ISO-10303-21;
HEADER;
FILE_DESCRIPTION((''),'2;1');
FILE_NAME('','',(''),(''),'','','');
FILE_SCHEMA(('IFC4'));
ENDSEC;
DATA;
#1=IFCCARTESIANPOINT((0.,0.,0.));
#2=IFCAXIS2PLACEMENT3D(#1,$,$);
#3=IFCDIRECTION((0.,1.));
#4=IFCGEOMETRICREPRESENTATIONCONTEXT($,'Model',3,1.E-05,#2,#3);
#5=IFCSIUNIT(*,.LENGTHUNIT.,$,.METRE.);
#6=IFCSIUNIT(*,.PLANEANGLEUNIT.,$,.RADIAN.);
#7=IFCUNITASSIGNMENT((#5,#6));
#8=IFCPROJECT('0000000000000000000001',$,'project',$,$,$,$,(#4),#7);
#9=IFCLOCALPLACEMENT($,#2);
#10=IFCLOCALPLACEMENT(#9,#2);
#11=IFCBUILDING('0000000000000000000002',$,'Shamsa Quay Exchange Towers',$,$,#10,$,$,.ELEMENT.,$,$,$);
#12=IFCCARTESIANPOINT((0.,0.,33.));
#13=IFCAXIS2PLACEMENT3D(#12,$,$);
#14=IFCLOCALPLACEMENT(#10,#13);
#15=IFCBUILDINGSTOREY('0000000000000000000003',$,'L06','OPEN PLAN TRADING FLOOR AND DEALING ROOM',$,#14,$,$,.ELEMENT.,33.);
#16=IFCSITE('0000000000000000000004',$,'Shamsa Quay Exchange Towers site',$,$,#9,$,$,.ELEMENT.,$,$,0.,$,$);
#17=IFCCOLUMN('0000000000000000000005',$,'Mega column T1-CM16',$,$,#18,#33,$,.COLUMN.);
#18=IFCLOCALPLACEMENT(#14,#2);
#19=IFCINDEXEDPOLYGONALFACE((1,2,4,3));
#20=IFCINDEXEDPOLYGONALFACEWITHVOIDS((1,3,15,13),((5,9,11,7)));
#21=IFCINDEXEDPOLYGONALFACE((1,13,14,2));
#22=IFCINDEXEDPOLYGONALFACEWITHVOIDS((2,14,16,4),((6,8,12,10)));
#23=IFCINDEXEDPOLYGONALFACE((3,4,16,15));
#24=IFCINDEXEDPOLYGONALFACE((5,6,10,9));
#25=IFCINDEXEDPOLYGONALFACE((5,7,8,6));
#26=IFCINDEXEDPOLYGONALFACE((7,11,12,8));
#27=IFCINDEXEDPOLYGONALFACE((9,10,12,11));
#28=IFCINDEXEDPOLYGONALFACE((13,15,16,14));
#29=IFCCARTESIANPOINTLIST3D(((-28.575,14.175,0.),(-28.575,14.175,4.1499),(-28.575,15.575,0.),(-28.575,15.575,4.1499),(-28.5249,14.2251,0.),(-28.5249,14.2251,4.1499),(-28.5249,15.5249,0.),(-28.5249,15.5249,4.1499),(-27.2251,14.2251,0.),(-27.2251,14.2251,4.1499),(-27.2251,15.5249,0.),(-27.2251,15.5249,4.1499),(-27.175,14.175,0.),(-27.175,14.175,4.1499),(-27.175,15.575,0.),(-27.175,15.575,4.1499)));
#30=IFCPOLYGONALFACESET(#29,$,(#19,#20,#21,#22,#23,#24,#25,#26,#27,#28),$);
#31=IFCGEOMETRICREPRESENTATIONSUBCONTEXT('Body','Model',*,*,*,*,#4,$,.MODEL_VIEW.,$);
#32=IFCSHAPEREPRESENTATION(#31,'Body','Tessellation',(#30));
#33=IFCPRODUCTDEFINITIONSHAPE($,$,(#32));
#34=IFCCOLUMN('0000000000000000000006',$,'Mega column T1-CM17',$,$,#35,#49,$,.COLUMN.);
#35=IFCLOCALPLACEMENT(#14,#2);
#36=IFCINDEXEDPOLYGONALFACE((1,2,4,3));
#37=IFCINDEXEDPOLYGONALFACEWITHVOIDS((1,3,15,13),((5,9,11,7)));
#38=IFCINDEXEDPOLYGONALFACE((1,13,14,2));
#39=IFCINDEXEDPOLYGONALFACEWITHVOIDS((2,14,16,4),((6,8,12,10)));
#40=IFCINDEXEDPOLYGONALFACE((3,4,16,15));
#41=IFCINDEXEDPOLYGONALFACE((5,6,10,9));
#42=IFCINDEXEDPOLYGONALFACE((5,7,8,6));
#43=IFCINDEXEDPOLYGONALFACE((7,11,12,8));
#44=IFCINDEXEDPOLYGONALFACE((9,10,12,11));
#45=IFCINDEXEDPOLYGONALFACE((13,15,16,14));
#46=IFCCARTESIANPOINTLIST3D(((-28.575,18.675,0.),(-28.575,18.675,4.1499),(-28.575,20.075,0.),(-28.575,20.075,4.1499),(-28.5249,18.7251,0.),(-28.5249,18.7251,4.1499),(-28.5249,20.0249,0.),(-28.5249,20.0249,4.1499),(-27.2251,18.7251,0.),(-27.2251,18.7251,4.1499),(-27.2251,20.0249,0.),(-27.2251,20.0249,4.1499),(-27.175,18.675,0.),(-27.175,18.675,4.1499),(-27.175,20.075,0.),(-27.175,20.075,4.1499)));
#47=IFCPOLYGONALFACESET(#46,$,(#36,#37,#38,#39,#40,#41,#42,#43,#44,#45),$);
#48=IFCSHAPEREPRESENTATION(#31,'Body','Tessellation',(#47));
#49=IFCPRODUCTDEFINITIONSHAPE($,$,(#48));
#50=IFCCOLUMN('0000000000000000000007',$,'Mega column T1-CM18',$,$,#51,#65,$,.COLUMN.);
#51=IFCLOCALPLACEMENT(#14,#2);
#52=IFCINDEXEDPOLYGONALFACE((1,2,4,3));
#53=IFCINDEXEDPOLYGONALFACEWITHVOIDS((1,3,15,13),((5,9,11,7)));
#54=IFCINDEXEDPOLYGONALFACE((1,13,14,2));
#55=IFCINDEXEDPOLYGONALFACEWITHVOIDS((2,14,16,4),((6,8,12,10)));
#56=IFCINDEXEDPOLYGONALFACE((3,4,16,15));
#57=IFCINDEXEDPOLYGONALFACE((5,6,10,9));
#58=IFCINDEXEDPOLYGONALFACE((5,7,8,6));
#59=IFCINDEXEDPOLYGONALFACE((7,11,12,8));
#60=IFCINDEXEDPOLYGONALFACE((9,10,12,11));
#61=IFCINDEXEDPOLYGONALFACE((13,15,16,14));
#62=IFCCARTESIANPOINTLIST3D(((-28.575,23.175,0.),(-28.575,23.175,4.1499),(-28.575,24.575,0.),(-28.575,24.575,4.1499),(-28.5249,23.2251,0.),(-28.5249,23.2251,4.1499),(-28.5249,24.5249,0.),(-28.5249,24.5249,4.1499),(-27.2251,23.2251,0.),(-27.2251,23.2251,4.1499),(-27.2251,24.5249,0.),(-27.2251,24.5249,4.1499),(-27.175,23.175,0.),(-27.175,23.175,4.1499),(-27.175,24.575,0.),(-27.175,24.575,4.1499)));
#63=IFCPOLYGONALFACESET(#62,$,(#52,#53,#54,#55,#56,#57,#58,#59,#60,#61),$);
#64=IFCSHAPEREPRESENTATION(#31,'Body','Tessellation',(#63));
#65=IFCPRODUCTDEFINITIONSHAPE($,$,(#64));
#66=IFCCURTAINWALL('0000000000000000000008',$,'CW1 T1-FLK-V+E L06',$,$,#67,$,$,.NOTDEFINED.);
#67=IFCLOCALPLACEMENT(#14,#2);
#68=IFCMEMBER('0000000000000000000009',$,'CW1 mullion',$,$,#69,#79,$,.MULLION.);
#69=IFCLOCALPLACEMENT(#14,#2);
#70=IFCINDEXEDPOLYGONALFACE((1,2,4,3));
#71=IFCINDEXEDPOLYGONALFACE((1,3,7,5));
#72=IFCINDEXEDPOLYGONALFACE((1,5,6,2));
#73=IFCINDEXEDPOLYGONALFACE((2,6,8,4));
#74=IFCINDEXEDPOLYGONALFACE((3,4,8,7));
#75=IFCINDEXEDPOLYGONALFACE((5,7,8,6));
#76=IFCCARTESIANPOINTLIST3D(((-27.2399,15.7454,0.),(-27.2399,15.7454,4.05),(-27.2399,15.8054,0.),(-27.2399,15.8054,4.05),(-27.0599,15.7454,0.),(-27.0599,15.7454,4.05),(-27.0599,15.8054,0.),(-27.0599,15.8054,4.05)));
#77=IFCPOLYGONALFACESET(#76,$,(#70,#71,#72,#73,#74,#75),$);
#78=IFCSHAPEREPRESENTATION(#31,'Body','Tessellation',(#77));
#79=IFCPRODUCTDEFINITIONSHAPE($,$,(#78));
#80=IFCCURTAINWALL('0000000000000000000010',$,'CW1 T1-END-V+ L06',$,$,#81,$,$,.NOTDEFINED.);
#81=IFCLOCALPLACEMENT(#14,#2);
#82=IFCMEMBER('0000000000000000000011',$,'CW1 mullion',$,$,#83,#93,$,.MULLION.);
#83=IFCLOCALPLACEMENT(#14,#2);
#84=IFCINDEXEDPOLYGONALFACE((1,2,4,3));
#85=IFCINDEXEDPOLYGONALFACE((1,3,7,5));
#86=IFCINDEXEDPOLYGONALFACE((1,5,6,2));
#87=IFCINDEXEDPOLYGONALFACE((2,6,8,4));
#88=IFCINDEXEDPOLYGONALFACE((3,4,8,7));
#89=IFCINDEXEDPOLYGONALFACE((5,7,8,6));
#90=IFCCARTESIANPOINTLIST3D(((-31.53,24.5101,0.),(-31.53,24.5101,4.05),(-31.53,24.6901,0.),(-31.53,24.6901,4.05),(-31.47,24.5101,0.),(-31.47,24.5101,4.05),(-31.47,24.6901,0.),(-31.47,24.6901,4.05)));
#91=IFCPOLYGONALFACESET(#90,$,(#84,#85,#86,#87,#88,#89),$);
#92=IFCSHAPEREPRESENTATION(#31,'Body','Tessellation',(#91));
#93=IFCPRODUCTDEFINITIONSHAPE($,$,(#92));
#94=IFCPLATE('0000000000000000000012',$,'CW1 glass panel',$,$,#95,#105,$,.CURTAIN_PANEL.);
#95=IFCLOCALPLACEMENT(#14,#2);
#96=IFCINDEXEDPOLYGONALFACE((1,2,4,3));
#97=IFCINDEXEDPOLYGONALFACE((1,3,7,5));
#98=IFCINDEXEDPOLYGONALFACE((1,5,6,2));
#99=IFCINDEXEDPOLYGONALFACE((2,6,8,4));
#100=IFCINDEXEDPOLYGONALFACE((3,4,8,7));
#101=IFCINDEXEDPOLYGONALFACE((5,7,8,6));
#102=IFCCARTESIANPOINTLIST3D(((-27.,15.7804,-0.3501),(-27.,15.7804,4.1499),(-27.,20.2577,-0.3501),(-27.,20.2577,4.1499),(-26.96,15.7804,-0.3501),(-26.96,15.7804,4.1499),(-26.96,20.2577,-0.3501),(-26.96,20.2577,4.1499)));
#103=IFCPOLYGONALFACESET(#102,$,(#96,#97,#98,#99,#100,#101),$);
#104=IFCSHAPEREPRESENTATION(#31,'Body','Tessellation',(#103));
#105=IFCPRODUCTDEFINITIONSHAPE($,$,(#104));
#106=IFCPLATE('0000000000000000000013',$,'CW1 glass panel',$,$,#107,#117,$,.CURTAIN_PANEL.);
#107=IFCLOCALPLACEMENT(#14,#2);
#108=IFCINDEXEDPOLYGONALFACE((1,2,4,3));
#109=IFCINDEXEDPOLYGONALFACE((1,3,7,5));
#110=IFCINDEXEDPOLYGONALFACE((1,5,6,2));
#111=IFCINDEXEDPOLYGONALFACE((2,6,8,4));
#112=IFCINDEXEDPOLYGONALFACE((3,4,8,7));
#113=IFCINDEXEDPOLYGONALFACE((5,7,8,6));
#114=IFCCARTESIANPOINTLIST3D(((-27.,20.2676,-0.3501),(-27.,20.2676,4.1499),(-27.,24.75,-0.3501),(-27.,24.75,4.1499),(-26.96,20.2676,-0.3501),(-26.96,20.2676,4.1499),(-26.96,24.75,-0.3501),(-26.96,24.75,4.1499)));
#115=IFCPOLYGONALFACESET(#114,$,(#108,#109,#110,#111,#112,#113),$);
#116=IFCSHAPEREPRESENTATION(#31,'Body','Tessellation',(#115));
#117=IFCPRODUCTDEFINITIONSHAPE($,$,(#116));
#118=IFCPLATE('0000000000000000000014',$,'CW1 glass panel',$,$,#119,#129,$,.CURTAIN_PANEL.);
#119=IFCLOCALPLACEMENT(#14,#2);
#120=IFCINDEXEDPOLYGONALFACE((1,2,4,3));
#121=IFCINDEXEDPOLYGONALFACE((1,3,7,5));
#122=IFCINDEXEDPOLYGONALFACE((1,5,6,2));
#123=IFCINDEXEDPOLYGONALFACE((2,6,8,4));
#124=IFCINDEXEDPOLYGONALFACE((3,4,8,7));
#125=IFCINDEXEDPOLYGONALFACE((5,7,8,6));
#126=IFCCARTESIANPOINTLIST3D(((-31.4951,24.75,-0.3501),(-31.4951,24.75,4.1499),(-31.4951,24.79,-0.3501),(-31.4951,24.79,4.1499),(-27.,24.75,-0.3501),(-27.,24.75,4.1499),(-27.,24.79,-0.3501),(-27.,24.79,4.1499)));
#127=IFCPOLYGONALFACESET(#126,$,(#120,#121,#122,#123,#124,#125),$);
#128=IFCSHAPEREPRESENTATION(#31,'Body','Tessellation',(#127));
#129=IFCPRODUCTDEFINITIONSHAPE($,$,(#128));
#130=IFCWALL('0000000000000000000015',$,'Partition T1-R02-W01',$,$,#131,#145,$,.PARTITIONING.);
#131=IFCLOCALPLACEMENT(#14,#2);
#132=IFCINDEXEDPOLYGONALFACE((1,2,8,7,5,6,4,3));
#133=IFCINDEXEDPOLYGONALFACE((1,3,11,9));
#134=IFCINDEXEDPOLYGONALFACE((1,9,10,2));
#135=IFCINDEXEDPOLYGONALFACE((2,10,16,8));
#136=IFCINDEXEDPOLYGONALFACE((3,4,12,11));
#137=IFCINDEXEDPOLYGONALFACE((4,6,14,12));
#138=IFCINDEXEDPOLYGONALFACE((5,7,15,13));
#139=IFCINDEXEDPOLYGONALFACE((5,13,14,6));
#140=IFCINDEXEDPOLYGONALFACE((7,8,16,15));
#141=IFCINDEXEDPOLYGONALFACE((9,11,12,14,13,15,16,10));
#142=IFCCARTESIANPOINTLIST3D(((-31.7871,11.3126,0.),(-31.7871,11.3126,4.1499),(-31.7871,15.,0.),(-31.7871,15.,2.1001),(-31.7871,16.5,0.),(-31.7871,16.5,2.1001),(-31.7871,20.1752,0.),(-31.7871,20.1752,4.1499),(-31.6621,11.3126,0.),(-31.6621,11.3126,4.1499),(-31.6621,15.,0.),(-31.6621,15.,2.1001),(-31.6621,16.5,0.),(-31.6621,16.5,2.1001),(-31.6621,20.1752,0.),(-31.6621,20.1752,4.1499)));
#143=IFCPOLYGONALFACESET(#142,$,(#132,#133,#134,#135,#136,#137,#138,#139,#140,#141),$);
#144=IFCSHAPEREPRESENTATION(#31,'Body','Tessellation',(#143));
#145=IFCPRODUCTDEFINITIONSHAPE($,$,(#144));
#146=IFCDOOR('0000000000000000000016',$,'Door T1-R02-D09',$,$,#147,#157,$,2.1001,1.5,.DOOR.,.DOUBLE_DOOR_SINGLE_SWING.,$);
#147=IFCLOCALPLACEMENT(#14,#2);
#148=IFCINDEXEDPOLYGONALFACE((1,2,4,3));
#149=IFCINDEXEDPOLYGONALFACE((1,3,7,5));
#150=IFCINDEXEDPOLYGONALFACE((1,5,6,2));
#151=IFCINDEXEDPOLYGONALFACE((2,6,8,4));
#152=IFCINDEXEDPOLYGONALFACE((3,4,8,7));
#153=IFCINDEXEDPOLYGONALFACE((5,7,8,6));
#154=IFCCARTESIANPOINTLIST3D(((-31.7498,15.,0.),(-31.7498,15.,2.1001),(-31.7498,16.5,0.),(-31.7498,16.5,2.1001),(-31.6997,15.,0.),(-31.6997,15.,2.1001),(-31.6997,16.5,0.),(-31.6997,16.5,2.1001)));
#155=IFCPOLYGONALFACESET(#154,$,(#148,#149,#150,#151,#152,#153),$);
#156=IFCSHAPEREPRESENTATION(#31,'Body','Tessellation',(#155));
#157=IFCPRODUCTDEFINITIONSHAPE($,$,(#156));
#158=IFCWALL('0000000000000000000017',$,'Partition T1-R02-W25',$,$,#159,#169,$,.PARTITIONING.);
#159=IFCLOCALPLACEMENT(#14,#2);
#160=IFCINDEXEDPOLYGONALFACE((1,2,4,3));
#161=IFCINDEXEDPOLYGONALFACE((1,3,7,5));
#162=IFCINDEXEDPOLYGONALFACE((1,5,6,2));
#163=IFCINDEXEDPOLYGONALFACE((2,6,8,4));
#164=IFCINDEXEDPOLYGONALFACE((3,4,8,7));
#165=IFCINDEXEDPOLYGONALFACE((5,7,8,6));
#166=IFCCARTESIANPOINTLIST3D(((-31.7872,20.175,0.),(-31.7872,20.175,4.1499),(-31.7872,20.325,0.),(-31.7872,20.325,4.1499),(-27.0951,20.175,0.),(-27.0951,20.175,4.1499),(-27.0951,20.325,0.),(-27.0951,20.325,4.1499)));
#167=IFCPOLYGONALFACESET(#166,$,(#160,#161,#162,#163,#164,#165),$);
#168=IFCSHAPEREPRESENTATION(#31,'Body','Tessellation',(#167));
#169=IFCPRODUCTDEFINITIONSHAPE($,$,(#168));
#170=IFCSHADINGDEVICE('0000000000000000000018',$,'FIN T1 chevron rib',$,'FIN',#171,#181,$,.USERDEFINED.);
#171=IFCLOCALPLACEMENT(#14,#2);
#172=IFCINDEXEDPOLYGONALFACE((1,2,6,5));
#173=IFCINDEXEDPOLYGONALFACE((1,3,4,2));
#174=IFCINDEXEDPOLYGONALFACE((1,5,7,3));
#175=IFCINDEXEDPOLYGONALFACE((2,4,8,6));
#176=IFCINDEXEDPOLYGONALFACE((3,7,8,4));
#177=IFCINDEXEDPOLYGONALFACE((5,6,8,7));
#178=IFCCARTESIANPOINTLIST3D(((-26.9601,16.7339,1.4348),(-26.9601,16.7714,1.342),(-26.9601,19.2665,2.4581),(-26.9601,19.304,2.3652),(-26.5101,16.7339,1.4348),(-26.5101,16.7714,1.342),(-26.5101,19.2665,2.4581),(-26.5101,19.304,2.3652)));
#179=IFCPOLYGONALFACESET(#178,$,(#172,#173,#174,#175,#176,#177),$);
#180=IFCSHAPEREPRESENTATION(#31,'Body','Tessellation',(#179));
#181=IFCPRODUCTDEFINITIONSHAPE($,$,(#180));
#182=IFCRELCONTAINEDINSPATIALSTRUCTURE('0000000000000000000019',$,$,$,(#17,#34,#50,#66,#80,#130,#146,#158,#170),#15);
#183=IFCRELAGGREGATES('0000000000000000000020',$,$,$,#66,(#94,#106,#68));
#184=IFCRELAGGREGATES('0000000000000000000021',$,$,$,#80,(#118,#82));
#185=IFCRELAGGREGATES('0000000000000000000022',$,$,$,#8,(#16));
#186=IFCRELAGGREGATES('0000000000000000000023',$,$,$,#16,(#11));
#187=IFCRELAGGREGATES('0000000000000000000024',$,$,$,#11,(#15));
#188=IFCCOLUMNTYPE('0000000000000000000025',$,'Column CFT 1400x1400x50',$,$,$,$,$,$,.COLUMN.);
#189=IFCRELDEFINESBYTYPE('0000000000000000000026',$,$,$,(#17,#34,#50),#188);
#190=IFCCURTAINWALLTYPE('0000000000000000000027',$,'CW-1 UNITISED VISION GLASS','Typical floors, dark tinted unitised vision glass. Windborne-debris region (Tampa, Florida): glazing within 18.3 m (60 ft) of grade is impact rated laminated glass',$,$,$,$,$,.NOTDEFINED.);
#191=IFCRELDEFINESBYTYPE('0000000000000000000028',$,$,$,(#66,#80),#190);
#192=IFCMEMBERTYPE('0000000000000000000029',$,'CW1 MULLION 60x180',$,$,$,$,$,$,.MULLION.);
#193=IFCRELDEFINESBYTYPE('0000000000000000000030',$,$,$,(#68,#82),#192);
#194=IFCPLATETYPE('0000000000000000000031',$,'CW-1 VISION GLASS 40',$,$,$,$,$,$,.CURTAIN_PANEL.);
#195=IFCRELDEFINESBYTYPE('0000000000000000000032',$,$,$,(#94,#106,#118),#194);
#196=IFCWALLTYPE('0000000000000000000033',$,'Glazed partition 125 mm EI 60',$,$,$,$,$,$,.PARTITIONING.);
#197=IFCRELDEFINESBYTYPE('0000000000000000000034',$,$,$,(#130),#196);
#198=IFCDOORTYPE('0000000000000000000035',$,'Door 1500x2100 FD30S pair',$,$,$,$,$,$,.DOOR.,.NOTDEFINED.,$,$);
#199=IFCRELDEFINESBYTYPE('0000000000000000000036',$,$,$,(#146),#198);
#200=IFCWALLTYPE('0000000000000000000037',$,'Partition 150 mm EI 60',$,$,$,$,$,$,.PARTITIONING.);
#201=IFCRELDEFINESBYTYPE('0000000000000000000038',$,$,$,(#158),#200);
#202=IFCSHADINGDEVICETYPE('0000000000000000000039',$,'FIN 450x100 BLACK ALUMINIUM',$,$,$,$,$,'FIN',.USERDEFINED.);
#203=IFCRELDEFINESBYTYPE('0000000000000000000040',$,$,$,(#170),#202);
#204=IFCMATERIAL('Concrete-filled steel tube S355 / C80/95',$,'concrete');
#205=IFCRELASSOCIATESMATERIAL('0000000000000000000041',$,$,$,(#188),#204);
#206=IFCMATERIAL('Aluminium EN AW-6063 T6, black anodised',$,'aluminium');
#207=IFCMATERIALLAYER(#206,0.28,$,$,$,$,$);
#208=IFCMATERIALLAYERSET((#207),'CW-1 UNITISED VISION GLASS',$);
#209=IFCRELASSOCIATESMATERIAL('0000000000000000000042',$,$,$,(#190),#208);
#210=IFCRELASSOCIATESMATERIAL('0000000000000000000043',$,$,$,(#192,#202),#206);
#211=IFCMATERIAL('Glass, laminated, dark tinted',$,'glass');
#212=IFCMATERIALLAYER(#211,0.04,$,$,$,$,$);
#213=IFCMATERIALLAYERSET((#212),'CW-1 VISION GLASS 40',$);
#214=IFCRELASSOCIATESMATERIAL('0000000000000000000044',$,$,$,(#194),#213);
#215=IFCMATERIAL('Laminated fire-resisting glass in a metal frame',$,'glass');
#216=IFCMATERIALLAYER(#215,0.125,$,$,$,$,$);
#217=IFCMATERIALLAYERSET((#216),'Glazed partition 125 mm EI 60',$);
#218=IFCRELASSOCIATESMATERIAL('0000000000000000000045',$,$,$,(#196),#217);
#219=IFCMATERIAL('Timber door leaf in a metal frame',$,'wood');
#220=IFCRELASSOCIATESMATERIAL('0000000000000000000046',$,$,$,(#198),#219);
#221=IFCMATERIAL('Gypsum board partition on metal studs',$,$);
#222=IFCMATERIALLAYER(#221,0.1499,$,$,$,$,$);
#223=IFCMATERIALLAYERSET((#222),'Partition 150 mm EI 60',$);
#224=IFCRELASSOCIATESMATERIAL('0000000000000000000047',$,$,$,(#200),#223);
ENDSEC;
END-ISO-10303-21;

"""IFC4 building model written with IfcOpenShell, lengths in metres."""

from ifc_helpers import new_model, si_unit, direction, frame, frame_2d, origin, origin_2d, place, context, subcontext, project, spatial, rectangle, hollow_rectangle, extrude, material, layer, layer_set, material_profile, profile_set, type_object, element, fill, aggregate, save


model = new_model("IFC4")

# Units and contexts
model_context = context("Model", 3, precision=1e-05, world=origin(), true_north=direction((0.0, 1.0)))
body_context = subcontext(model_context, "Body", "Model", "MODEL_VIEW")
ifc_project = project(units=[si_unit("LENGTHUNIT", "METRE"), si_unit("PLANEANGLEUNIT", "RADIAN")], contexts=[model_context])

# Site, building, storey
site_placement = place(None, origin())
site = spatial("IfcSite", under=ifc_project, at=site_placement, Name="Shamsa Quay Exchange Towers site", CompositionType="ELEMENT", RefElevation=0.0)
building_placement = place(site_placement, origin())
building = spatial("IfcBuilding", under=site, at=building_placement, Name="Shamsa Quay Exchange Towers", CompositionType="ELEMENT")
storey_placement = place(building_placement, frame((0.0, 0.0, 33.0)))
storey = spatial("IfcBuildingStorey", under=building, at=storey_placement, Name="L06", Description="OPEN PLAN TRADING FLOOR AND DEALING ROOM", CompositionType="ELEMENT", Elevation=33.0)

# Columns
ifc_material_1 = material(Name="Concrete-filled steel tube S355 / C80/95", Category="concrete")
ifc_material_profile_1 = material_profile(ifc_material_1, hollow_rectangle(XDim=1.3999, YDim=1.3999, WallThickness=0.05, at=origin_2d()), Name="CFT 1400x1400x50")
ifc_profile_set_1 = profile_set([ifc_material_profile_1], Name="Concrete-filled steel tube S355 / C80/95")
column_type = type_object("IfcColumnType", Name="Column CFT 1400x1400x50", PredefinedType="COLUMN", material=ifc_profile_set_1)
for number, where, name in (
    (1, (-27.875, 14.875, 0.0), "Mega column T1-CM16"),
    (2, (-27.875, 19.375, 0.0), "Mega column T1-CM17"),
    (3, (-27.875, 23.875, 0.0), "Mega column T1-CM18"),
):
    element("IfcColumn", number, at=place(storey_placement, frame(where)), inside=storey, type_object=column_type, Name=name, PredefinedType="COLUMN", context=body_context, shape_type="SweptSolid", body=[
        extrude(hollow_rectangle(XDim=1.3999, YDim=1.3999, WallThickness=0.05, at=origin_2d()), origin(), (0.0, 0.0, 1.0), 4.1499),
    ])

# Curtain walls, members
ifc_material_2 = material(Name="Aluminium EN AW-6063 T6, black anodised", Category="aluminium")
ifc_layer_1 = layer(ifc_material_2, 0.28)
ifc_layer_set_1 = layer_set([ifc_layer_1], Name="CW-1 UNITISED VISION GLASS")
curtain_wall_type = type_object("IfcCurtainWallType", Name="CW-1 UNITISED VISION GLASS", Description="Typical floors, dark tinted unitised vision glass. Windborne-debris region (Tampa, Florida): glazing within 18.3 m (60 ft) of grade is impact rated laminated glass", PredefinedType="NOTDEFINED", material=ifc_layer_set_1)
curtain_wall_1_placement = place(storey_placement, origin())
curtain_wall_1 = element("IfcCurtainWall", 4, at=curtain_wall_1_placement, inside=storey, type_object=curtain_wall_type, Name="CW1 T1-FLK-V+E L06", PredefinedType="NOTDEFINED")
ifc_material_profile_2 = material_profile(ifc_material_2, rectangle(XDim=0.1799, YDim=0.0601, at=origin_2d()), Name="MU60x180")
ifc_profile_set_2 = profile_set([ifc_material_profile_2], Name="Aluminium EN AW-6063 T6, black anodised")
member_type = type_object("IfcMemberType", Name="CW1 MULLION 60x180", PredefinedType="MULLION", material=ifc_profile_set_2)
member_1_placement = place(storey_placement, frame((-27.1499, 15.7754, 0.0), z_axis=(0.0, 0.0, 1.0), x_axis=(-1.0, 0.0, 0.0)))
member_1 = element("IfcMember", 5, at=member_1_placement, type_object=member_type, Name="CW1 mullion", PredefinedType="MULLION", context=body_context, shape_type="SweptSolid", body=[
    extrude(rectangle(XDim=0.1799, YDim=0.0601, at=origin_2d()), origin(), (0.0, 0.0, 1.0), 4.05),
])
curtain_wall_2_placement = place(storey_placement, origin())
curtain_wall_2 = element("IfcCurtainWall", 6, at=curtain_wall_2_placement, inside=storey, type_object=curtain_wall_type, Name="CW1 T1-END-V+ L06", PredefinedType="NOTDEFINED")
member_2_placement = place(storey_placement, frame((-31.5, 24.6001, 0.0), z_axis=(0.0, 0.0, 1.0), x_axis=(0.0, -1.0, 0.0)))
member_2 = element("IfcMember", 7, at=member_2_placement, type_object=member_type, Name="CW1 mullion", PredefinedType="MULLION", context=body_context, shape_type="SweptSolid", body=[
    extrude(rectangle(XDim=0.1799, YDim=0.0601, at=origin_2d()), origin(), (0.0, 0.0, 1.0), 4.05),
])

# Plates
ifc_material_3 = material(Name="Glass, laminated, dark tinted", Category="glass")
ifc_layer_2 = layer(ifc_material_3, 0.04)
ifc_layer_set_2 = layer_set([ifc_layer_2], Name="CW-1 VISION GLASS 40")
plate_type = type_object("IfcPlateType", Name="CW-1 VISION GLASS 40", PredefinedType="CURTAIN_PANEL", material=ifc_layer_set_2)
plate_1_placement = place(storey_placement, frame((-26.98, 18.019, -0.3501), z_axis=(0.0, 0.0, 1.0), x_axis=(0.0, 1.0, 0.0)))
plate_1 = element("IfcPlate", 8, at=plate_1_placement, type_object=plate_type, Name="CW1 glass panel", PredefinedType="CURTAIN_PANEL", context=body_context, shape_type="SweptSolid", body=[
    extrude(rectangle(XDim=4.4773, YDim=0.04, at=origin_2d()), origin(), (0.0, 0.0, 1.0), 4.5),
])
plate_2_placement = place(storey_placement, frame((-26.98, 22.5088, -0.3501), z_axis=(0.0, 0.0, 1.0), x_axis=(0.0, 1.0, 0.0)))
plate_2 = element("IfcPlate", 9, at=plate_2_placement, type_object=plate_type, Name="CW1 glass panel", PredefinedType="CURTAIN_PANEL", context=body_context, shape_type="SweptSolid", body=[
    extrude(rectangle(XDim=4.4824, YDim=0.04, at=origin_2d()), origin(), (0.0, 0.0, 1.0), 4.5),
])
aggregate(curtain_wall_1, [plate_1, plate_2, member_1])
plate_3_placement = place(storey_placement, frame((-29.2476, 24.77, -0.3501), z_axis=(0.0, 0.0, 1.0), x_axis=(-1.0, 0.0, 0.0)))
plate_3 = element("IfcPlate", 10, at=plate_3_placement, type_object=plate_type, Name="CW1 glass panel", PredefinedType="CURTAIN_PANEL", context=body_context, shape_type="SweptSolid", body=[
    extrude(rectangle(XDim=4.4951, YDim=0.04, at=origin_2d()), origin(), (0.0, 0.0, 1.0), 4.5),
])
aggregate(curtain_wall_2, [plate_3, member_2])

# Wall, opening, door
ifc_material_4 = material(Name="Laminated fire-resisting glass in a metal frame", Category="glass")
ifc_layer_3 = layer(ifc_material_4, 0.125)
ifc_layer_set_3 = layer_set([ifc_layer_3], Name="Glazed partition 125 mm EI 60")
wall_type_1 = type_object("IfcWallType", Name="Glazed partition 125 mm EI 60", PredefinedType="PARTITIONING", material=ifc_layer_set_3)
wall_1_placement = place(storey_placement, frame((-31.7246, 20.175, 0.0), z_axis=(0.0, 0.0, 1.0), x_axis=(0.0, -1.0, 0.0)))
wall_1 = element("IfcWall", 11, at=wall_1_placement, inside=storey, type_object=wall_type_1, Name="Partition T1-R02-W01", PredefinedType="PARTITIONING", context=body_context, shape_type="SweptSolid", body=[
    extrude(rectangle(XDim=8.8625, YDim=0.125, at=frame_2d((4.4312, 0.0))), origin(), (0.0, 0.0, 1.0), 4.1499),
])
opening_placement = place(wall_1_placement, frame((3.675, 0.0, 0.0)))
opening = element("IfcOpeningElement", 12, at=opening_placement, cuts=wall_1, PredefinedType="OPENING", context=body_context, shape_type="SweptSolid", body=[
    extrude(rectangle(XDim=1.5, YDim=2.1001, at=frame_2d((0.75, 1.05))), frame((0.0, 0.0725, 0.0), z_axis=(0.0, -1.0, 0.0), x_axis=(1.0, 0.0, 0.0)), (0.0, 0.0, 1.0), 0.145),
])
ifc_material_5 = material(Name="Timber door leaf in a metal frame", Category="wood")
door_type = type_object("IfcDoorType", Name="Door 1500x2100 FD30S pair", OperationType="NOTDEFINED", PredefinedType="DOOR", material=ifc_material_5)
door_placement = place(opening_placement, origin())
door = element("IfcDoor", 13, at=door_placement, inside=storey, type_object=door_type, Name="Door T1-R02-D09", OperationType="DOUBLE_DOOR_SINGLE_SWING", OverallHeight=2.1001, OverallWidth=1.5, PredefinedType="DOOR", context=body_context, shape_type="SweptSolid", body=[
    extrude(rectangle(XDim=1.5, YDim=2.1001, at=frame_2d((0.75, 1.05))), frame((0.0, 0.0249, 0.0), z_axis=(0.0, -1.0, 0.0), x_axis=(1.0, 0.0, 0.0)), (0.0, 0.0, 1.0), 0.05),
])
fill(opening, door)

# Wall
ifc_material_6 = material(Name="Gypsum board partition on metal studs")
ifc_layer_4 = layer(ifc_material_6, 0.1499)
ifc_layer_set_4 = layer_set([ifc_layer_4], Name="Partition 150 mm EI 60")
wall_type_2 = type_object("IfcWallType", Name="Partition 150 mm EI 60", PredefinedType="PARTITIONING", material=ifc_layer_set_4)
wall_2_placement = place(storey_placement, frame((-27.095, 20.25, 0.0), z_axis=(0.0, 0.0, 1.0), x_axis=(-1.0, 0.0, 0.0)))
element("IfcWall", 14, at=wall_2_placement, inside=storey, type_object=wall_type_2, Name="Partition T1-R02-W25", PredefinedType="PARTITIONING", context=body_context, shape_type="SweptSolid", body=[
    extrude(rectangle(XDim=4.6921, YDim=0.1499, at=frame_2d((2.3462, 0.0))), origin(), (0.0, 0.0, 1.0), 4.1499),
])

# Shading device
ifc_material_profile_3 = material_profile(ifc_material_2, rectangle(XDim=0.45, YDim=0.1001, at=origin_2d()), Name="FIN450x100")
ifc_profile_set_3 = profile_set([ifc_material_profile_3], Name="Aluminium EN AW-6063 T6, black anodised")
shading_device_type = type_object("IfcShadingDeviceType", Name="FIN 450x100 BLACK ALUMINIUM", ElementType="FIN", PredefinedType="USERDEFINED", material=ifc_profile_set_3)
shading_device_1_placement = place(storey_placement, frame((-26.7351, 16.7527, 1.3884), z_axis=(0.0, 0.927183, 0.374609), x_axis=(-1.0, 0.0, 0.0)))
element("IfcShadingDevice", 15, at=shading_device_1_placement, inside=storey, type_object=shading_device_type, Name="FIN T1 chevron rib", ObjectType="FIN", PredefinedType="USERDEFINED", context=body_context, shape_type="SweptSolid", body=[
    extrude(rectangle(XDim=0.45, YDim=0.1001, at=origin_2d()), origin(), (0.0, 0.0, 1.0), 2.7314),
])

save(model, "model.ifc")
